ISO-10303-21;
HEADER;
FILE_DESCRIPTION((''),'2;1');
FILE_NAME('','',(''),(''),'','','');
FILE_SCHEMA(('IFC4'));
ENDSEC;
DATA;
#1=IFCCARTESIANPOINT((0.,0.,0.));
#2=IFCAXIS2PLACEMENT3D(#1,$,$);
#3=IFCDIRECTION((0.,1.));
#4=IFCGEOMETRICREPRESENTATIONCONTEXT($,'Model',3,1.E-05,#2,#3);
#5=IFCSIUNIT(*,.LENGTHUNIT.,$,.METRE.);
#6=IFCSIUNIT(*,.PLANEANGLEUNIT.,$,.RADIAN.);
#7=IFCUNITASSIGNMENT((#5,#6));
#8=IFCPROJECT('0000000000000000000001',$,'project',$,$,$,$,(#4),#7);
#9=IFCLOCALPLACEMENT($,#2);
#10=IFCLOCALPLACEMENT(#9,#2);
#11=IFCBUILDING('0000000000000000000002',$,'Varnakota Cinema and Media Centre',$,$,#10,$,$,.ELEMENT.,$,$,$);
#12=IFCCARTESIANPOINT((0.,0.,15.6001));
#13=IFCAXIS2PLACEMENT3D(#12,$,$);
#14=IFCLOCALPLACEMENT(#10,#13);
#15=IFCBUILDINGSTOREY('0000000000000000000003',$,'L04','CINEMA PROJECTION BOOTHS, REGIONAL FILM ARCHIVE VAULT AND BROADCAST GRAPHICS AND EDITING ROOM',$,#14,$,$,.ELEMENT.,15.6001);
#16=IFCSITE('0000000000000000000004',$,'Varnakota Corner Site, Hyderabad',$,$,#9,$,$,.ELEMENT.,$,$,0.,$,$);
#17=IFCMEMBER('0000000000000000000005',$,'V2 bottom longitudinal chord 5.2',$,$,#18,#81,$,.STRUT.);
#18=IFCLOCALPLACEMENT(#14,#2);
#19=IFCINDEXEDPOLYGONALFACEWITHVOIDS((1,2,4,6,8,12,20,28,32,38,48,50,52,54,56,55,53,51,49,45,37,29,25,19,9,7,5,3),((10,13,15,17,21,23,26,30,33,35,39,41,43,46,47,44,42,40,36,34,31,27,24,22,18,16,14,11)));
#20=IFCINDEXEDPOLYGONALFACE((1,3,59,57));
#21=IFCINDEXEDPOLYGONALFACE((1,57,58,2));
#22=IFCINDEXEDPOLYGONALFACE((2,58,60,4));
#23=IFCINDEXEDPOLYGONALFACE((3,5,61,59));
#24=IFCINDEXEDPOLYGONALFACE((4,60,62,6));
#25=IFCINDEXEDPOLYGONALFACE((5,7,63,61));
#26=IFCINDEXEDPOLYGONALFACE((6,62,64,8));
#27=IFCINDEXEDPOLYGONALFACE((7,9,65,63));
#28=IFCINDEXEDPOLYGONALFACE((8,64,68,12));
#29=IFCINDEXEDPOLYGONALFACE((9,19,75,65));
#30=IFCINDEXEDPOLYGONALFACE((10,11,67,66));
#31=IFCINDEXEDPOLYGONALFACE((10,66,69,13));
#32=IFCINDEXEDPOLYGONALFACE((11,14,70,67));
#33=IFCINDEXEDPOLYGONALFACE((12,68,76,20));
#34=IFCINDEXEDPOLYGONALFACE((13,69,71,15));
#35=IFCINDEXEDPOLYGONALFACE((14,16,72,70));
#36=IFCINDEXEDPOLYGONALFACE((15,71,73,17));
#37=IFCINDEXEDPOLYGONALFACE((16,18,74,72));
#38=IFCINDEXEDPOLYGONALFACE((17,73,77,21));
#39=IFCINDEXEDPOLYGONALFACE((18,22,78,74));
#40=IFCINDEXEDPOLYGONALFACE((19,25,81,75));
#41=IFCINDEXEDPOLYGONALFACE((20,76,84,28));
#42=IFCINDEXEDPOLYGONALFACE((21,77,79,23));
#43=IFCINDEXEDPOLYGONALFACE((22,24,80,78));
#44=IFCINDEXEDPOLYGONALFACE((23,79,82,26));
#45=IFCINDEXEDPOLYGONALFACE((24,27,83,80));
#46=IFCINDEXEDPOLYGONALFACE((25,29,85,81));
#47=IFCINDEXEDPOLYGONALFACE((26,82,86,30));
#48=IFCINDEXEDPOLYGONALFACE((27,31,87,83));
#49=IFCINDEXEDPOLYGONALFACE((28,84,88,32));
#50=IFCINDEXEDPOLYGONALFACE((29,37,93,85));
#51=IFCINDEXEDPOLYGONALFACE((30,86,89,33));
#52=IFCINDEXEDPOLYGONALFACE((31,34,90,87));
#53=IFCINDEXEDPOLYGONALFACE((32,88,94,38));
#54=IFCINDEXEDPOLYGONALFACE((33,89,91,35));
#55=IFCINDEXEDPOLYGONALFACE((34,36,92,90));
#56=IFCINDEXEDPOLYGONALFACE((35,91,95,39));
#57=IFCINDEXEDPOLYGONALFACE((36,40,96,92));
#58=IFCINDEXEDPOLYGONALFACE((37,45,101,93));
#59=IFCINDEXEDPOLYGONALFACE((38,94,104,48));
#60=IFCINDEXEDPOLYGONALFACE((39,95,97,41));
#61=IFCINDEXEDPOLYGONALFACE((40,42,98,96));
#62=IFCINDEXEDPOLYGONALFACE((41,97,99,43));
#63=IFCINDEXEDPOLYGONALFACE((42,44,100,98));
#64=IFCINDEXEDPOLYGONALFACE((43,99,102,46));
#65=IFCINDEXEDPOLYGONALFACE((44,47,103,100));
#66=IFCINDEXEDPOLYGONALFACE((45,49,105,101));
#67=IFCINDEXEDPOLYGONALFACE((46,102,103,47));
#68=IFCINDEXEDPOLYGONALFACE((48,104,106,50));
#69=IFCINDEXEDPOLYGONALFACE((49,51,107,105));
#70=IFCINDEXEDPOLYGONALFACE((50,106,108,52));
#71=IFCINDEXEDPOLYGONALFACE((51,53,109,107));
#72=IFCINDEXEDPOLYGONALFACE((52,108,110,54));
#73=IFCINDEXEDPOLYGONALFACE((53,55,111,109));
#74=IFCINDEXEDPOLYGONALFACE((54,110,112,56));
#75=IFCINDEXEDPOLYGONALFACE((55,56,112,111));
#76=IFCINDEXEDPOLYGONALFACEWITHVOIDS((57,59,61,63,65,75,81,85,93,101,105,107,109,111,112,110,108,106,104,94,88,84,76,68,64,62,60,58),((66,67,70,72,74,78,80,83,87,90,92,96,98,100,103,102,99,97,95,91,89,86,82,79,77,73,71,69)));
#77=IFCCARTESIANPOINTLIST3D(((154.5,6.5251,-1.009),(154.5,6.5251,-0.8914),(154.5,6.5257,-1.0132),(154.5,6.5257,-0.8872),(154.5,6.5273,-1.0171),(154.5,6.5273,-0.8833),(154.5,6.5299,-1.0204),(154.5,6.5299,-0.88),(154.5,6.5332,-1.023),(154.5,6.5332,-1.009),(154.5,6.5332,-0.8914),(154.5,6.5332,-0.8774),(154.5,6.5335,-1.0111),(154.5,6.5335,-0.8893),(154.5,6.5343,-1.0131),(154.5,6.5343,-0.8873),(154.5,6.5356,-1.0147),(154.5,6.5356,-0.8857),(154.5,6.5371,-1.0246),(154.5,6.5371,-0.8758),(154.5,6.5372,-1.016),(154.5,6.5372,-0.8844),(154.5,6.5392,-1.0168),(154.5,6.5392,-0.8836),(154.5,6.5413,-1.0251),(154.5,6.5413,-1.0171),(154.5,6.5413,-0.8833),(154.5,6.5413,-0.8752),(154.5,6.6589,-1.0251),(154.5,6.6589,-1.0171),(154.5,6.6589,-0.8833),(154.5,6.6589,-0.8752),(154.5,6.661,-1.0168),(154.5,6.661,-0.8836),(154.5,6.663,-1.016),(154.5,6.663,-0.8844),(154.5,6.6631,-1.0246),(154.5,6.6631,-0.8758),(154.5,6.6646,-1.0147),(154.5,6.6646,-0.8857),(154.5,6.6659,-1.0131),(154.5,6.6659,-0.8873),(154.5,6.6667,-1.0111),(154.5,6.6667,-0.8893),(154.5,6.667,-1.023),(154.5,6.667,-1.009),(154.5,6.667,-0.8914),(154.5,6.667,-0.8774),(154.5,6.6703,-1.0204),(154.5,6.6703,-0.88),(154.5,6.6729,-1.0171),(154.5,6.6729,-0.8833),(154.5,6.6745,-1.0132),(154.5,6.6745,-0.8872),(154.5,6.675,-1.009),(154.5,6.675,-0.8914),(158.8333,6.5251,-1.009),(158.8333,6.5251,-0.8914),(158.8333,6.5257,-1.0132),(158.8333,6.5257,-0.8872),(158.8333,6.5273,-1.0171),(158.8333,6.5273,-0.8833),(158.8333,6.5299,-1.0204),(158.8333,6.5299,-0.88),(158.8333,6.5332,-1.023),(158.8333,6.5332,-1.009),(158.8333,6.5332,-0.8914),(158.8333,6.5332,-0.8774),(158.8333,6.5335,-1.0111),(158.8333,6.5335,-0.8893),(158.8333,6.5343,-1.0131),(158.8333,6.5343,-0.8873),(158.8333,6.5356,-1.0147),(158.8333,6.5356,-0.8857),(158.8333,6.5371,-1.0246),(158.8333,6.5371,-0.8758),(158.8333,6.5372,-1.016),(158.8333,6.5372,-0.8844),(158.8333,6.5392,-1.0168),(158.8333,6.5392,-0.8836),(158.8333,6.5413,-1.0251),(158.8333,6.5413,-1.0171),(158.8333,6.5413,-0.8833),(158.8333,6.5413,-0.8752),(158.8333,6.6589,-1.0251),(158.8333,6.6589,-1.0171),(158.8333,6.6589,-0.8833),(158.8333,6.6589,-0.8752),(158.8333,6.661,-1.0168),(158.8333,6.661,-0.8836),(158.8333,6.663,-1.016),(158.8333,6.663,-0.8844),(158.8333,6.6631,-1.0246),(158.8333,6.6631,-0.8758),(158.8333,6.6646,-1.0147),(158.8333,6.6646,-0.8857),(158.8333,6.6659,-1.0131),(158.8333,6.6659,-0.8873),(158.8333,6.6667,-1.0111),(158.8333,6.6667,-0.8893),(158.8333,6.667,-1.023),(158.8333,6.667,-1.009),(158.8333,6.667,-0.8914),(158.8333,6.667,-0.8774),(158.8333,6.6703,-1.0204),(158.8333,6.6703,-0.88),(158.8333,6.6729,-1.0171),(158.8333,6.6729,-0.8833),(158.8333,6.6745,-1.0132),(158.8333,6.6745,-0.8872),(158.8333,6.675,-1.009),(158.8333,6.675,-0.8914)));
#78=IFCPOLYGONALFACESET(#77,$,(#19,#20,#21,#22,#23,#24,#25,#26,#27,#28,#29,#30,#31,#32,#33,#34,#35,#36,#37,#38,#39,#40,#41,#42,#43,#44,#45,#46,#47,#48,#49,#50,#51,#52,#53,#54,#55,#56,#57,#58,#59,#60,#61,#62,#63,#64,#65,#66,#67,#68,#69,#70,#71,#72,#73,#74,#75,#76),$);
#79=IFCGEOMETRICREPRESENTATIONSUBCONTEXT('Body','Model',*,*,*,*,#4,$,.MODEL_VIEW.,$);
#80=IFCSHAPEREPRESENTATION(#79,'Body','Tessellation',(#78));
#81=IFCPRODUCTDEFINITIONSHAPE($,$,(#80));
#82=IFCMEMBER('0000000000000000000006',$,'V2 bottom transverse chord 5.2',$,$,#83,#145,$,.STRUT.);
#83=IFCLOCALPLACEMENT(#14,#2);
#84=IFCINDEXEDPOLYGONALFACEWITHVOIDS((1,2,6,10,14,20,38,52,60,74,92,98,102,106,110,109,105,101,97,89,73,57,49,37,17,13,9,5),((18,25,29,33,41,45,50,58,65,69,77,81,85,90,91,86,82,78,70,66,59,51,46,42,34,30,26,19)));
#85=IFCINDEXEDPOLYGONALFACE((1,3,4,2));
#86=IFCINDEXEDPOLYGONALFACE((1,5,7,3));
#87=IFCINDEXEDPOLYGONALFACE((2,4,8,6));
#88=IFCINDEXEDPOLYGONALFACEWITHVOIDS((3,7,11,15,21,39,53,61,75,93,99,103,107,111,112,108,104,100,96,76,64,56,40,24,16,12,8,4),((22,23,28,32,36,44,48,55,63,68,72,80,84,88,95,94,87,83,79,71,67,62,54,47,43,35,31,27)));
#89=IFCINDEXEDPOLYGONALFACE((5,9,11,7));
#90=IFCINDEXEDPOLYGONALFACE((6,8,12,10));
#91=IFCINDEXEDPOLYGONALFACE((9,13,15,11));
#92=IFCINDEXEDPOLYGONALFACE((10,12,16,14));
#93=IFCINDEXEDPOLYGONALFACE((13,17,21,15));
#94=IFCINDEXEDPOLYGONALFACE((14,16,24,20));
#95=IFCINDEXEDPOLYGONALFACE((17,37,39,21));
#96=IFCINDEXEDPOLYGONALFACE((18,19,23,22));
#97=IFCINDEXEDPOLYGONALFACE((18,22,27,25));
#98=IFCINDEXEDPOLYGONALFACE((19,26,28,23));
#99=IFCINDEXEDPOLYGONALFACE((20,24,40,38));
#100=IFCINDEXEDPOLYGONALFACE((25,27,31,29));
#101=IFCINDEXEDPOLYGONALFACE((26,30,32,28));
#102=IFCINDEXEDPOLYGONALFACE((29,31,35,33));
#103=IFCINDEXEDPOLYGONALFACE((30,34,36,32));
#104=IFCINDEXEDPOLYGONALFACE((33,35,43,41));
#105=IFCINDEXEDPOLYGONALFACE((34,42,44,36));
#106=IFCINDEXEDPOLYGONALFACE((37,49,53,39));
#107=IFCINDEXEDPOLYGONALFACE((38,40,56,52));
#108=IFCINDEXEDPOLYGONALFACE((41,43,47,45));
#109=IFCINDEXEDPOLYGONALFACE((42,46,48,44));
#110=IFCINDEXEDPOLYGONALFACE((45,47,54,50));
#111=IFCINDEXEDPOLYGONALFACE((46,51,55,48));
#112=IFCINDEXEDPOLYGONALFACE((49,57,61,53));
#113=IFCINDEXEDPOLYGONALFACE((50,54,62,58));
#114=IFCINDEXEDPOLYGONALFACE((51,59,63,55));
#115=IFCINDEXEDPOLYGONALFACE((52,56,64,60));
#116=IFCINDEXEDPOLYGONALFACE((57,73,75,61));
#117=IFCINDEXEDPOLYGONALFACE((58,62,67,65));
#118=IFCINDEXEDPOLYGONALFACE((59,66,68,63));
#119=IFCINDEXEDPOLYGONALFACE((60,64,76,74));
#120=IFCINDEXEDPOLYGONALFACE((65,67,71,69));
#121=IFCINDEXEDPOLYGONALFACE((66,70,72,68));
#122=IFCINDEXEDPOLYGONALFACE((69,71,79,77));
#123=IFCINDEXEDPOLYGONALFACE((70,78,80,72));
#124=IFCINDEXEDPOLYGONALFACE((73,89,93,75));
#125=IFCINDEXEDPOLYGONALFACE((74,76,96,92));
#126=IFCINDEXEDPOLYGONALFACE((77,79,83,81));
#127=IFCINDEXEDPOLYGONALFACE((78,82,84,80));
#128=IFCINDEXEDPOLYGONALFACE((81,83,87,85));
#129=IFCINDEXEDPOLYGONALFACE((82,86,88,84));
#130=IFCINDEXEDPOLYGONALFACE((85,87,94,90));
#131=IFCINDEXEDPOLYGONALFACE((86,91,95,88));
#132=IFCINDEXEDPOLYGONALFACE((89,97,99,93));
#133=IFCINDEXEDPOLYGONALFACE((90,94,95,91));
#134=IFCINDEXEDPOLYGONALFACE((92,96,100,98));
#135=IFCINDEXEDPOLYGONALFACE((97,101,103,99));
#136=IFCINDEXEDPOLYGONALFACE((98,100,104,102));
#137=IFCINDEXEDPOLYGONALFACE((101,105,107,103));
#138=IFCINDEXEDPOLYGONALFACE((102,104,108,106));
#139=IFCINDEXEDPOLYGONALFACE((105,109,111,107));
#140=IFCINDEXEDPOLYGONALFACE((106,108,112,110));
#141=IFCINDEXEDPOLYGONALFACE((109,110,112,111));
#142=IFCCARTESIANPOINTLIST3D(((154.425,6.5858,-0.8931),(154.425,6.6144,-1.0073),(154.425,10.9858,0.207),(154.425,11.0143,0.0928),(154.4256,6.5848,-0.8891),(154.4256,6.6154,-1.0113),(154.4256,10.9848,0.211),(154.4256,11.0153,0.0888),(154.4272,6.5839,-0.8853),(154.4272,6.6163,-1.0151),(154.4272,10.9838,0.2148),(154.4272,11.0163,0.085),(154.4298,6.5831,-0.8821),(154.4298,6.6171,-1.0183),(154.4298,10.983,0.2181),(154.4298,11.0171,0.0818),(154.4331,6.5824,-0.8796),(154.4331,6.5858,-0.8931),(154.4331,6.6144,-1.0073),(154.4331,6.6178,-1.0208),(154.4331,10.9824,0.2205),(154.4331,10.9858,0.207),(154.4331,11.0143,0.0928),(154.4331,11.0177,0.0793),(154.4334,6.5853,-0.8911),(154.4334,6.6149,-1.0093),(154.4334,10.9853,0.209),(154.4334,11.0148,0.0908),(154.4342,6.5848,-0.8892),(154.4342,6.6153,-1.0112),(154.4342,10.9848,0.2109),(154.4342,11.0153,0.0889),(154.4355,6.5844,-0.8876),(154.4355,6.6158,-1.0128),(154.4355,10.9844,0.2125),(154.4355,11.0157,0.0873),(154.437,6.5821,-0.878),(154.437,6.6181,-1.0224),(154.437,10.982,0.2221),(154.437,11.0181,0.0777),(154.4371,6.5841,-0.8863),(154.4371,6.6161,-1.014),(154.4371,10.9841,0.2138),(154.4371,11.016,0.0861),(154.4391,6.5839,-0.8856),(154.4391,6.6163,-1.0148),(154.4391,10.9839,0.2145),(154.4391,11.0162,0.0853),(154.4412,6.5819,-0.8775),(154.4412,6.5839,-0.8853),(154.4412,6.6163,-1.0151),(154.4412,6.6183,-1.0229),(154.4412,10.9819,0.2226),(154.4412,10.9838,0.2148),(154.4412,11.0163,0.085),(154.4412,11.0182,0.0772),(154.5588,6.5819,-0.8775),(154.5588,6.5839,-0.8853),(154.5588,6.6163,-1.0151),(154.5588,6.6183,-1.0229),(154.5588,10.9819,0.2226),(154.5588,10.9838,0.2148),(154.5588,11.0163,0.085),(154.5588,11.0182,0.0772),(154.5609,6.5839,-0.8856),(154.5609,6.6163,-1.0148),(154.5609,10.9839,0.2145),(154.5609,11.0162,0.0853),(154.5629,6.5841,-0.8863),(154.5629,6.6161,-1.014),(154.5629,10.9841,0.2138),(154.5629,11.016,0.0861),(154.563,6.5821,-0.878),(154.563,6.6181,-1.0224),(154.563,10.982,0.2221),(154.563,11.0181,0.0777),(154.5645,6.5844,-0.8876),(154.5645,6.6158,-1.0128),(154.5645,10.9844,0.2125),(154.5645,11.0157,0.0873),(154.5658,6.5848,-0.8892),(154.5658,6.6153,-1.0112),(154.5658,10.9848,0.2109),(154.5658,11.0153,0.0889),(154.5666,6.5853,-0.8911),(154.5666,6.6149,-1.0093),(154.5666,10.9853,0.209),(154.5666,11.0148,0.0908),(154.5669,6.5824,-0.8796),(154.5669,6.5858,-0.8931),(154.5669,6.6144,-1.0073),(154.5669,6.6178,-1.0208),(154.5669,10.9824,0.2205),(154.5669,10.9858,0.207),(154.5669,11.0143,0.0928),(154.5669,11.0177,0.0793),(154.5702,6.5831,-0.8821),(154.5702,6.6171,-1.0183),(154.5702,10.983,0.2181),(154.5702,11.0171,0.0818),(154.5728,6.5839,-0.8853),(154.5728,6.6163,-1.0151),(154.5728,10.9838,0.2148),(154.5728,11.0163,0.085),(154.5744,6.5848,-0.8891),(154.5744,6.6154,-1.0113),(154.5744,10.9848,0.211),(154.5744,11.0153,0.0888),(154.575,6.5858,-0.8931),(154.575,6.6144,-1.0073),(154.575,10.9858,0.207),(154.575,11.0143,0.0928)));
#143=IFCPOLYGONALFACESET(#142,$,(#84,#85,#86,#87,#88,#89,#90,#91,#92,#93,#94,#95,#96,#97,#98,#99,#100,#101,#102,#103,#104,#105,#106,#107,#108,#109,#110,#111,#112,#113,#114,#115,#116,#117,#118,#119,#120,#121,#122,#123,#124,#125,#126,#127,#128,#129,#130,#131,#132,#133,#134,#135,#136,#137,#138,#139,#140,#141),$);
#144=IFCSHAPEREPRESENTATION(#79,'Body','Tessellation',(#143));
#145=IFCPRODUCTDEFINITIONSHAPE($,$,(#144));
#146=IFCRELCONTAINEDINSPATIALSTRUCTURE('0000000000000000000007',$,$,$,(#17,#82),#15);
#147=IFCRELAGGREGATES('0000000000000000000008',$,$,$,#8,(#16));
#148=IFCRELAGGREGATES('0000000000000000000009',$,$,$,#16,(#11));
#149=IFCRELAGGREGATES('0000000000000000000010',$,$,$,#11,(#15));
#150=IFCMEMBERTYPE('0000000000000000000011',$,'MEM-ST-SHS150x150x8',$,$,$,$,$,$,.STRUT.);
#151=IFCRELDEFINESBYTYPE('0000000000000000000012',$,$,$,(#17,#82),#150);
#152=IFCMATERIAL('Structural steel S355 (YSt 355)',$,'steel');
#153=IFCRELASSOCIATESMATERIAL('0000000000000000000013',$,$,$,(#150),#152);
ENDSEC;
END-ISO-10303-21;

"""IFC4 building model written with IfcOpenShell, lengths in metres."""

from ifc_helpers import new_model, si_unit, direction, frame, origin, origin_2d, place, context, subcontext, project, spatial, hollow_rectangle, extrude, material, material_profile, profile_set, type_object, element, save


model = new_model("IFC4")

# Units and contexts
model_context = context("Model", 3, precision=1e-05, world=origin(), true_north=direction((0.0, 1.0)))
body_context = subcontext(model_context, "Body", "Model", "MODEL_VIEW")
ifc_project = project(units=[si_unit("LENGTHUNIT", "METRE"), si_unit("PLANEANGLEUNIT", "RADIAN")], contexts=[model_context])

# Site, building, storey
site_placement = place(None, origin())
site = spatial("IfcSite", under=ifc_project, at=site_placement, Name="Varnakota Corner Site, Hyderabad", CompositionType="ELEMENT", RefElevation=0.0)
building_placement = place(site_placement, origin())
building = spatial("IfcBuilding", under=site, at=building_placement, Name="Varnakota Cinema and Media Centre", CompositionType="ELEMENT")
storey_placement = place(building_placement, frame((0.0, 0.0, 15.6001)))
storey = spatial("IfcBuildingStorey", under=building, at=storey_placement, Name="L04", Description="CINEMA PROJECTION BOOTHS, REGIONAL FILM ARCHIVE VAULT AND BROADCAST GRAPHICS AND EDITING ROOM", CompositionType="ELEMENT", Elevation=15.6001)

# Members
ifc_material_1 = material(Name="Structural steel S355 (YSt 355)", Category="steel")
ifc_material_profile_1 = material_profile(ifc_material_1, hollow_rectangle(XDim=0.1499, YDim=0.1499, WallThickness=0.0081, InnerFilletRadius=0.0081, OuterFilletRadius=0.0161, at=origin_2d()), Name="SHS 150x150x8")
ifc_profile_set_1 = profile_set([ifc_material_profile_1], Name="Structural steel S355 (YSt 355)")
member_type_1 = type_object("IfcMemberType", Name="MEM-ST-SHS150x150x8", PredefinedType="STRUT", material=ifc_profile_set_1)
member_1_placement = place(storey_placement, frame((154.5, 6.6001, -0.9502), z_axis=(1.0, 0.0, 0.0), x_axis=(0.0, 1.0, 0.0)))
element("IfcMember", 1, at=member_1_placement, inside=storey, type_object=member_type_1, Name="V2 bottom longitudinal chord 5.2", PredefinedType="STRUT", context=body_context, shape_type="SweptSolid", body=[
    extrude(hollow_rectangle(XDim=0.1499, YDim=0.1499, WallThickness=0.0081, InnerFilletRadius=0.0081, OuterFilletRadius=0.0161, at=origin_2d()), origin(), (0.0, 0.0, 1.0), 4.3333),
])
member_2_placement = place(storey_placement, frame((154.5, 6.6001, -0.9502), z_axis=(0.0, 0.970136, 0.242561), x_axis=(-1.0, 0.0, 0.0)))
element("IfcMember", 2, at=member_2_placement, inside=storey, type_object=member_type_1, Name="V2 bottom transverse chord 5.2", PredefinedType="STRUT", context=body_context, shape_type="SweptSolid", body=[
    extrude(hollow_rectangle(XDim=0.1499, YDim=0.1499, WallThickness=0.0081, InnerFilletRadius=0.0081, OuterFilletRadius=0.0161, at=origin_2d()), origin(), (0.0, 0.0, 1.0), 4.5354),
])

save(model, "model.ifc")
